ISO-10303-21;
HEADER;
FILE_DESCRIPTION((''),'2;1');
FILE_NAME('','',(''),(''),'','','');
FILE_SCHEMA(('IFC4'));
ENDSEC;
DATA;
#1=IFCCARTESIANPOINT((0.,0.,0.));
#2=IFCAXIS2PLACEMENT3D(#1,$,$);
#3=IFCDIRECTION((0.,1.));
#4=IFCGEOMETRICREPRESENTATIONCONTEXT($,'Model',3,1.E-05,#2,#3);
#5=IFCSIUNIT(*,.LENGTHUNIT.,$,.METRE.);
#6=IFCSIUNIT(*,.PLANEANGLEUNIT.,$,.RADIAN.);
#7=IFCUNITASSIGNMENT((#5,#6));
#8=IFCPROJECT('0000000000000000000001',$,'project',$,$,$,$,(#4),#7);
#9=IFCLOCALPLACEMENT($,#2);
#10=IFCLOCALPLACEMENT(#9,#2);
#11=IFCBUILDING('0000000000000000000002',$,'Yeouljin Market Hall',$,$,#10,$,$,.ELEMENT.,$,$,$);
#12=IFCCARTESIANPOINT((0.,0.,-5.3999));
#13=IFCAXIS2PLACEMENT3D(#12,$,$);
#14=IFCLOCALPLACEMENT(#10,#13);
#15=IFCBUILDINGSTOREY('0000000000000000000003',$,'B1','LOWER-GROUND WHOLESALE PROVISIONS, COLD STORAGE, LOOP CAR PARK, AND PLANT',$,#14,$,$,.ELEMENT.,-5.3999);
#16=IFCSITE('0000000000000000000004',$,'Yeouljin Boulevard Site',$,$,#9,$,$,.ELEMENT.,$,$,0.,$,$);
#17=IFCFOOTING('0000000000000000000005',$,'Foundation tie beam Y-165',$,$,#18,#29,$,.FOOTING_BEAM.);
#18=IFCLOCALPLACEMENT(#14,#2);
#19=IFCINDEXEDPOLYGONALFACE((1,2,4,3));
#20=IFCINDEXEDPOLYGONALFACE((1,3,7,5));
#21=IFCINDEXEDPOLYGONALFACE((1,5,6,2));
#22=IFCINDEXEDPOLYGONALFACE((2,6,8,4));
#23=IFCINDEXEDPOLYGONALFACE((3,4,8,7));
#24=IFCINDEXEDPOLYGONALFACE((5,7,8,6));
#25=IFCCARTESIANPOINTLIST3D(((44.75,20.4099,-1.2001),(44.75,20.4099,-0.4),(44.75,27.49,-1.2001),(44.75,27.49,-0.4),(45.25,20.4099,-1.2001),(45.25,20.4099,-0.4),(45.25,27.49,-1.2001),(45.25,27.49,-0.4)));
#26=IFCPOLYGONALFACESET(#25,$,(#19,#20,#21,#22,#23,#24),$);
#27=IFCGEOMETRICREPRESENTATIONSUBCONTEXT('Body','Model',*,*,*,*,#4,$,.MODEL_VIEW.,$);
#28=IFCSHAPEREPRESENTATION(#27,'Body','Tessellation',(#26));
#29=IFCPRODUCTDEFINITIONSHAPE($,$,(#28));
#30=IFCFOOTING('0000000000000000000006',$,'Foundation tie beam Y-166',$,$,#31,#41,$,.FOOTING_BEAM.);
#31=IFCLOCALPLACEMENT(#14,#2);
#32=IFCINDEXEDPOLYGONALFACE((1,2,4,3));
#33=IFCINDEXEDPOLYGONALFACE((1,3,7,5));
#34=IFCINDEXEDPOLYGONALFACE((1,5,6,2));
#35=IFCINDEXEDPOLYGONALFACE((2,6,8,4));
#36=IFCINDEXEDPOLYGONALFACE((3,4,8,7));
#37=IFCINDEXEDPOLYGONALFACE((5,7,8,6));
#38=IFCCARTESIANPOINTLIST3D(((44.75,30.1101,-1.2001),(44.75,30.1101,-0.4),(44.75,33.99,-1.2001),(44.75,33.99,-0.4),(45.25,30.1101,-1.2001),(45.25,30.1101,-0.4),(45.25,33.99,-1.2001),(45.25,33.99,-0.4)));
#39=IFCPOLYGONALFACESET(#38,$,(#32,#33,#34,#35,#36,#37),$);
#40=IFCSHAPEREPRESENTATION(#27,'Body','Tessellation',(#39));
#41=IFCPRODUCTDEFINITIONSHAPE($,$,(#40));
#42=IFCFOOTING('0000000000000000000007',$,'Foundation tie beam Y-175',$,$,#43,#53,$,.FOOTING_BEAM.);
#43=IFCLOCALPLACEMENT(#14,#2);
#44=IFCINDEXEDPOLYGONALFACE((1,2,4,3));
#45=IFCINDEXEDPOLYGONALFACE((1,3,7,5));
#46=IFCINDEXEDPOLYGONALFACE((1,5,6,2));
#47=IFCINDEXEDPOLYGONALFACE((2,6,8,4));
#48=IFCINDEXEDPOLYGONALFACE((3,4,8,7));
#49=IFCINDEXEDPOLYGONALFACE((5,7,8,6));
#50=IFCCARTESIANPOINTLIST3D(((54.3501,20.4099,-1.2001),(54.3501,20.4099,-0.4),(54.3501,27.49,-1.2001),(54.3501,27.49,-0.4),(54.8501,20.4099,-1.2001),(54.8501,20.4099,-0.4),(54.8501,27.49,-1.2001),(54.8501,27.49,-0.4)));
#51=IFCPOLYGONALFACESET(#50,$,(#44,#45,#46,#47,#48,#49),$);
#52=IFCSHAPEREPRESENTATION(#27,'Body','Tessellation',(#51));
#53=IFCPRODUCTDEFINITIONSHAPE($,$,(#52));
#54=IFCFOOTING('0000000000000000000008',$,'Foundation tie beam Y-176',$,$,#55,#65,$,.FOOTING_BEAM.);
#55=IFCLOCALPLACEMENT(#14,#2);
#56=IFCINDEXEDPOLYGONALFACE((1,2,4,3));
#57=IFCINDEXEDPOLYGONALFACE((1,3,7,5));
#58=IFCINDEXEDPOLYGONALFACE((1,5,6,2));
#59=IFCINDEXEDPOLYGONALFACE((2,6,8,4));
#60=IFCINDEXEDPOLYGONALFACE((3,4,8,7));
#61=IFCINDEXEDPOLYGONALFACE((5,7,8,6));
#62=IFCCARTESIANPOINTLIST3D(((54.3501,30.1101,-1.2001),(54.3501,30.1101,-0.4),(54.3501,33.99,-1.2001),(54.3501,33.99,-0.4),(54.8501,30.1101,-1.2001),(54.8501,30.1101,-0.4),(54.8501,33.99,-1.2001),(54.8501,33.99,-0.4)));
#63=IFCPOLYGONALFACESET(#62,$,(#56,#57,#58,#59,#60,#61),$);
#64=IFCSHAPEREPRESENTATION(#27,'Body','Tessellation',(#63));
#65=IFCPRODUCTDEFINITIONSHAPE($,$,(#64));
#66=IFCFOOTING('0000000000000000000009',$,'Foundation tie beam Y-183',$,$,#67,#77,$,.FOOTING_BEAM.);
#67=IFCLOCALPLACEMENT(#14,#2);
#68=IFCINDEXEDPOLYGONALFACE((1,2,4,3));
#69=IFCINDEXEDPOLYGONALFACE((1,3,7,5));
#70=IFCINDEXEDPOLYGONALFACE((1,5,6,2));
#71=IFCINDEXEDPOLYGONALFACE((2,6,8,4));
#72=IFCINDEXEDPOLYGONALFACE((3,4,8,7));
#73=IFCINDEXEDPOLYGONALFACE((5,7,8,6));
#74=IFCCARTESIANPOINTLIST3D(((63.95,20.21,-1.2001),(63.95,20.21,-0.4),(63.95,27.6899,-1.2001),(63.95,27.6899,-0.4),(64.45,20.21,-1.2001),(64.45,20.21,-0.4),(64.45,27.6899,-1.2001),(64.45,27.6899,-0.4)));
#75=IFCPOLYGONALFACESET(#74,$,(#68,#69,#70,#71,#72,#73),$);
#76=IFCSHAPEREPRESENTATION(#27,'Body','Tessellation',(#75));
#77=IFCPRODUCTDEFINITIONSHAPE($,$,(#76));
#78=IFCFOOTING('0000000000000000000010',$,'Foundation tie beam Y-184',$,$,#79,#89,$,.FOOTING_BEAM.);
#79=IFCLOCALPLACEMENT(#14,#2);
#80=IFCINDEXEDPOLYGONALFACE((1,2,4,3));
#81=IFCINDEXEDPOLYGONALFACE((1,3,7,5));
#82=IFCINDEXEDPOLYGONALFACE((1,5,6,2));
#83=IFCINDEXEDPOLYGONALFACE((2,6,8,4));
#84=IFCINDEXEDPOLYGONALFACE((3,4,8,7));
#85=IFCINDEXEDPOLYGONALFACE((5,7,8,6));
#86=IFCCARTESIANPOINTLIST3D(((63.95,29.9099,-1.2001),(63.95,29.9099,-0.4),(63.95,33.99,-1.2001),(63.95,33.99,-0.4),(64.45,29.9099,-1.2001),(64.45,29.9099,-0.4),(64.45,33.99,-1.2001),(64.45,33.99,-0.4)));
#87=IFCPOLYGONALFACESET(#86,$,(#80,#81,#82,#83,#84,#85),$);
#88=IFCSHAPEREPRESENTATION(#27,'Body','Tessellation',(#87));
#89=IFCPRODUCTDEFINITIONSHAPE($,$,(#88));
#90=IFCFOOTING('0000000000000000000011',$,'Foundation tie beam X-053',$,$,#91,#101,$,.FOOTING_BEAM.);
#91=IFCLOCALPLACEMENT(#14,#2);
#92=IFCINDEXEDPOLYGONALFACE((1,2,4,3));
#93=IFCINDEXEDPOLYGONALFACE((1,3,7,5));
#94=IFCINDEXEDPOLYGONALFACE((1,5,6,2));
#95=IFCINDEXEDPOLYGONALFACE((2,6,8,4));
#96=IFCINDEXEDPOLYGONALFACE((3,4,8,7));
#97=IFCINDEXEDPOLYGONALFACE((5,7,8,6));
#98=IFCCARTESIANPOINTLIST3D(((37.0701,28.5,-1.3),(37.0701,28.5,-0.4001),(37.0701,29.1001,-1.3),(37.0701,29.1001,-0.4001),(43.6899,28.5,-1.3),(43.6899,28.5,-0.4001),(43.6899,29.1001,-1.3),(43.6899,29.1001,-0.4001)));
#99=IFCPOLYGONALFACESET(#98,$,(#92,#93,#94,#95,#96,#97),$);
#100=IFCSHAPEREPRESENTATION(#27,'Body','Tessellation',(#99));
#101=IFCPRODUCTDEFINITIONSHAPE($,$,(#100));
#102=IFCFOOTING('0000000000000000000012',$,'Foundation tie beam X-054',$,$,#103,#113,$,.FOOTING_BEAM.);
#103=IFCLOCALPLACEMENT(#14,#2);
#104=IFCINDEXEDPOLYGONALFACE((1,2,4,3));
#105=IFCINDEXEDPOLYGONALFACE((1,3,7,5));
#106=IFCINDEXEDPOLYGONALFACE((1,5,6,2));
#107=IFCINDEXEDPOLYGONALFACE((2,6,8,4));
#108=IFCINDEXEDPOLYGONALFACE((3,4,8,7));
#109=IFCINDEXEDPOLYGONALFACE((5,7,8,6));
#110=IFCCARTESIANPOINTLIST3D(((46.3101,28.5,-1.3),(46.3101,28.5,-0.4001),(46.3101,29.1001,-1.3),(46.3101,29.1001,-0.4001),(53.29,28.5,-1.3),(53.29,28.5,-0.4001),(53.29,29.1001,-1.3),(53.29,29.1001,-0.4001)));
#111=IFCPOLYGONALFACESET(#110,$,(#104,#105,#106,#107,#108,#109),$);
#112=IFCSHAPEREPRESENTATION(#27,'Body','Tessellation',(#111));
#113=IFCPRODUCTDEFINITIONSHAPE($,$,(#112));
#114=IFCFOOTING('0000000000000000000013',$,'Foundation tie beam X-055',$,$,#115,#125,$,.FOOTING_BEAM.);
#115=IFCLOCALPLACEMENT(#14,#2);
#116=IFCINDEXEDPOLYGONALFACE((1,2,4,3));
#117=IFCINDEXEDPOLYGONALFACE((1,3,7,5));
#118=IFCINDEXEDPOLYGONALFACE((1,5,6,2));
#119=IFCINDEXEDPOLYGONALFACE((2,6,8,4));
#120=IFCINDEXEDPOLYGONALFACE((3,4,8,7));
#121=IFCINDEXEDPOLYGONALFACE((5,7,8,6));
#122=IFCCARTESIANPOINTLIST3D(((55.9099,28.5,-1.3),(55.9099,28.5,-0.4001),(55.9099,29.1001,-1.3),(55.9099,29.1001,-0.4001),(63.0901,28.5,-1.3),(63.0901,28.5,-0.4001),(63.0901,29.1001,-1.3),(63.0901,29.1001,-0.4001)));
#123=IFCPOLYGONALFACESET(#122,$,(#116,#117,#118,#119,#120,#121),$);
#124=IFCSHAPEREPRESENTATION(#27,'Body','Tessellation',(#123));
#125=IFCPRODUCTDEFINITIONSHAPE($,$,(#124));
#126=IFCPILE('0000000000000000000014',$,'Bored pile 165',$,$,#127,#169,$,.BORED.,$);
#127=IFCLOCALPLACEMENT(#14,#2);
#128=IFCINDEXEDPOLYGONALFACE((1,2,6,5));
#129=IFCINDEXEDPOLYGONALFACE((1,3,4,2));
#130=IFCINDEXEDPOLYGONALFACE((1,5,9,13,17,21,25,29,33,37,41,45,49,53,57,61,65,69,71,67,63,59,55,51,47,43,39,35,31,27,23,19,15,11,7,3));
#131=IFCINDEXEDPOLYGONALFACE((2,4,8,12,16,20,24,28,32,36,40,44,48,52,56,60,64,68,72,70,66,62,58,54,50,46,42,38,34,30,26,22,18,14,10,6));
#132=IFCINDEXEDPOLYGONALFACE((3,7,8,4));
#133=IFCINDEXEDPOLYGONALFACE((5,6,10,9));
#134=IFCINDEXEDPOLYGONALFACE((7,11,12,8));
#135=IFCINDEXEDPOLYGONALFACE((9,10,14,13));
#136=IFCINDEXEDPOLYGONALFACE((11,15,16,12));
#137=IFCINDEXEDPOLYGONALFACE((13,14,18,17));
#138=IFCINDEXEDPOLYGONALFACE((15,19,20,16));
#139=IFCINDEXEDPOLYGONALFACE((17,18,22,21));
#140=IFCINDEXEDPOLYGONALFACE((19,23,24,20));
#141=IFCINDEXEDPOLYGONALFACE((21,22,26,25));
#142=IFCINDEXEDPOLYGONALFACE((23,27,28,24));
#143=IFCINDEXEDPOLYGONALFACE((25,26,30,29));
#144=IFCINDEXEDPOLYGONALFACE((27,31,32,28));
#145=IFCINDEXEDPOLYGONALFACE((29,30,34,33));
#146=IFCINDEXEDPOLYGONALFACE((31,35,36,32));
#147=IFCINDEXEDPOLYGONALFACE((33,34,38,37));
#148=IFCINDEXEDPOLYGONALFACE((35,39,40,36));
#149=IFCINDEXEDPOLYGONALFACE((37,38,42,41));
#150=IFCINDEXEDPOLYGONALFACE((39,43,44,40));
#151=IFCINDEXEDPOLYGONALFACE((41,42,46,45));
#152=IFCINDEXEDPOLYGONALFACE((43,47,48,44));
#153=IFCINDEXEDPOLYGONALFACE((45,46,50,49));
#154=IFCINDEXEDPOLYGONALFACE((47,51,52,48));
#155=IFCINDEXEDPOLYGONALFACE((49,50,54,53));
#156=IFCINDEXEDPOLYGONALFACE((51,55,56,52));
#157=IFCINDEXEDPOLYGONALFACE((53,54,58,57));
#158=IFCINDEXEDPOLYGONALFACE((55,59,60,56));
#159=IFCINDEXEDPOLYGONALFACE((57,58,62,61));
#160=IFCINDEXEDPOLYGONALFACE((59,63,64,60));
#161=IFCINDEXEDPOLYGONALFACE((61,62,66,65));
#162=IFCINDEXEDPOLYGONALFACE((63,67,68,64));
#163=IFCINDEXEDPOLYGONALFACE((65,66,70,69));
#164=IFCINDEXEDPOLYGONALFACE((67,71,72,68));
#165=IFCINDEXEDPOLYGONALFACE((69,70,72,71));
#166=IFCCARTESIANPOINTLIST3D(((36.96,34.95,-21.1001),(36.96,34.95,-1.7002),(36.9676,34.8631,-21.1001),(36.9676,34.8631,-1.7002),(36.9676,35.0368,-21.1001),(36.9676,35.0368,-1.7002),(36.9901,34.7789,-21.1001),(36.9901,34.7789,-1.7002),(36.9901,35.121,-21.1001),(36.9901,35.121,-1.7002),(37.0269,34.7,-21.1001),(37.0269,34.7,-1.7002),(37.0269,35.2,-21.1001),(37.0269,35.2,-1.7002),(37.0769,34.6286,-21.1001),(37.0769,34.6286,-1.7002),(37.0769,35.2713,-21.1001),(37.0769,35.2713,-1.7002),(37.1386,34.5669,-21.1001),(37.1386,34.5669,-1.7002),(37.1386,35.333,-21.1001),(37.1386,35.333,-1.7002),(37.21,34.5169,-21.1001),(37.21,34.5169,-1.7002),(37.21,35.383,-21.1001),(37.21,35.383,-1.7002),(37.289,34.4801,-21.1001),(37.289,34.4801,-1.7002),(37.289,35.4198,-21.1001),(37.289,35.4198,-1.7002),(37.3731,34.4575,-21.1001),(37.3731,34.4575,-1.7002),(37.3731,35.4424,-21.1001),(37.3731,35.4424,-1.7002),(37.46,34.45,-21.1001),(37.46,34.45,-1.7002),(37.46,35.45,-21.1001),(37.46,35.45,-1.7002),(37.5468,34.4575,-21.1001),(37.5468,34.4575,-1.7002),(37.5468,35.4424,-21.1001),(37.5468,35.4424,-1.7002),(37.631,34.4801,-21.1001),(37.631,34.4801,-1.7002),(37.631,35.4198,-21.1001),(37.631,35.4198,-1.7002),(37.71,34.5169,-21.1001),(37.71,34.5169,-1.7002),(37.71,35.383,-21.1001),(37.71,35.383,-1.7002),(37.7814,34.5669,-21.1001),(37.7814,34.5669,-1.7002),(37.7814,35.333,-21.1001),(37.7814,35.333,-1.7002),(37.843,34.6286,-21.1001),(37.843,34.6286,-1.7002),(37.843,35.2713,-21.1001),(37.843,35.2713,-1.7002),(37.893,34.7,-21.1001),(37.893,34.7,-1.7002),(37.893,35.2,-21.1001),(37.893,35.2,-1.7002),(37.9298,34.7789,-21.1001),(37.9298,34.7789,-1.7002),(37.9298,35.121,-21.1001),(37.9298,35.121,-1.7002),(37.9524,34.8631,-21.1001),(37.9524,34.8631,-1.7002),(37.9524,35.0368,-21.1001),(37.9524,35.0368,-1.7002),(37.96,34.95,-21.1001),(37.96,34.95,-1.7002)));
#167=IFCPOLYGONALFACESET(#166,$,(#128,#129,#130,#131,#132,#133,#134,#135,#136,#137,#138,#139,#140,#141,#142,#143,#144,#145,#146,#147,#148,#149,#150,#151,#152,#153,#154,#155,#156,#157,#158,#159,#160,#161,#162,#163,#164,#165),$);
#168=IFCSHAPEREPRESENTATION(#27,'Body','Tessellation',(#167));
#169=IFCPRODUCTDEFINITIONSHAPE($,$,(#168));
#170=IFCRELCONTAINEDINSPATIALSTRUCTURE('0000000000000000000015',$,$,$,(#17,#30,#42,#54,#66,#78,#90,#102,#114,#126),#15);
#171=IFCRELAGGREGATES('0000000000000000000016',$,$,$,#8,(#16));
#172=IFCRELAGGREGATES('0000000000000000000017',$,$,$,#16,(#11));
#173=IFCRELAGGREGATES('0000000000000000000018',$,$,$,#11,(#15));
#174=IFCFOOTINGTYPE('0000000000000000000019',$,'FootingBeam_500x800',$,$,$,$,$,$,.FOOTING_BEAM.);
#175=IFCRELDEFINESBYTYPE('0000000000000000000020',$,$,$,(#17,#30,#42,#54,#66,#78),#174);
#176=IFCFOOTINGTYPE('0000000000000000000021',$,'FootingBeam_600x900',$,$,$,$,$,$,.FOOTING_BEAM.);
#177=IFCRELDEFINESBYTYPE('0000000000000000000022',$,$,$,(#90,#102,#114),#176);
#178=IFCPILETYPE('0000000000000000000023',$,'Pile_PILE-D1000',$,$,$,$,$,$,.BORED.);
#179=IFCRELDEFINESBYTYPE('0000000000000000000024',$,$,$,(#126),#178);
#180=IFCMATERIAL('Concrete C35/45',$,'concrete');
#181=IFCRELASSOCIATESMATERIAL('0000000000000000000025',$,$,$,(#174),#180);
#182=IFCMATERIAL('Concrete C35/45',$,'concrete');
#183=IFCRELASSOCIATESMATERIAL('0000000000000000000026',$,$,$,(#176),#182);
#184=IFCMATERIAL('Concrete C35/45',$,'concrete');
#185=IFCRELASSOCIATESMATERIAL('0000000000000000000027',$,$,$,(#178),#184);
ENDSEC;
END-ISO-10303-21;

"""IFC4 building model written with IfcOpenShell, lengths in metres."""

from ifc_helpers import new_model, si_unit, direction, frame, origin, origin_2d, place, context, subcontext, project, spatial, rectangle, circle, extrude, material, material_profile, profile_set, type_object, element, save


model = new_model("IFC4")

# Units and contexts
model_context = context("Model", 3, precision=1e-05, world=origin(), true_north=direction((0.0, 1.0)))
body_context = subcontext(model_context, "Body", "Model", "MODEL_VIEW")
ifc_project = project(units=[si_unit("LENGTHUNIT", "METRE"), si_unit("PLANEANGLEUNIT", "RADIAN")], contexts=[model_context])

# Site, building, storey
site_placement = place(None, origin())
site = spatial("IfcSite", under=ifc_project, at=site_placement, Name="Yeouljin Boulevard Site", CompositionType="ELEMENT", RefElevation=0.0)
building_placement = place(site_placement, origin())
building = spatial("IfcBuilding", under=site, at=building_placement, Name="Yeouljin Market Hall", CompositionType="ELEMENT")
storey_placement = place(building_placement, frame((0.0, 0.0, -5.3999)))
storey = spatial("IfcBuildingStorey", under=building, at=storey_placement, Name="B1", Description="LOWER-GROUND WHOLESALE PROVISIONS, COLD STORAGE, LOOP CAR PARK, AND PLANT", CompositionType="ELEMENT", Elevation=-5.3999)

# Footings
ifc_material_1 = material(Name="Concrete C35/45", Category="concrete")
ifc_material_profile_1 = material_profile(ifc_material_1, rectangle(XDim=0.5, YDim=0.8, at=origin_2d()), Name="RC-500x800")
ifc_profile_set_1 = profile_set([ifc_material_profile_1], Name="Concrete C35/45")
footing_type_1 = type_object("IfcFootingType", Name="FootingBeam_500x800", PredefinedType="FOOTING_BEAM", material=ifc_profile_set_1)
footing_1_placement = place(storey_placement, frame((45.0, 20.4099, -0.8), z_axis=(0.0, 1.0, 0.0), x_axis=(-1.0, 0.0, 0.0)))
element("IfcFooting", 1, at=footing_1_placement, inside=storey, type_object=footing_type_1, Name="Foundation tie beam Y-165", PredefinedType="FOOTING_BEAM", context=body_context, shape_type="SweptSolid", body=[
    extrude(rectangle(XDim=0.5, YDim=0.8, at=origin_2d()), origin(), (0.0, 0.0, 1.0), 7.0801),
])
footing_2_placement = place(storey_placement, frame((45.0, 30.1101, -0.8), z_axis=(0.0, 1.0, 0.0), x_axis=(-1.0, 0.0, 0.0)))
element("IfcFooting", 2, at=footing_2_placement, inside=storey, type_object=footing_type_1, Name="Foundation tie beam Y-166", PredefinedType="FOOTING_BEAM", context=body_context, shape_type="SweptSolid", body=[
    extrude(rectangle(XDim=0.5, YDim=0.8, at=origin_2d()), origin(), (0.0, 0.0, 1.0), 3.8799),
])
footing_3_placement = place(storey_placement, frame((54.6001, 20.4099, -0.8), z_axis=(0.0, 1.0, 0.0), x_axis=(-1.0, 0.0, 0.0)))
element("IfcFooting", 3, at=footing_3_placement, inside=storey, type_object=footing_type_1, Name="Foundation tie beam Y-175", PredefinedType="FOOTING_BEAM", context=body_context, shape_type="SweptSolid", body=[
    extrude(rectangle(XDim=0.5, YDim=0.8, at=origin_2d()), origin(), (0.0, 0.0, 1.0), 7.0801),
])
footing_4_placement = place(storey_placement, frame((54.6001, 30.1101, -0.8), z_axis=(0.0, 1.0, 0.0), x_axis=(-1.0, 0.0, 0.0)))
element("IfcFooting", 4, at=footing_4_placement, inside=storey, type_object=footing_type_1, Name="Foundation tie beam Y-176", PredefinedType="FOOTING_BEAM", context=body_context, shape_type="SweptSolid", body=[
    extrude(rectangle(XDim=0.5, YDim=0.8, at=origin_2d()), origin(), (0.0, 0.0, 1.0), 3.8799),
])
footing_5_placement = place(storey_placement, frame((64.2, 20.21, -0.8), z_axis=(0.0, 1.0, 0.0), x_axis=(-1.0, 0.0, 0.0)))
element("IfcFooting", 5, at=footing_5_placement, inside=storey, type_object=footing_type_1, Name="Foundation tie beam Y-183", PredefinedType="FOOTING_BEAM", context=body_context, shape_type="SweptSolid", body=[
    extrude(rectangle(XDim=0.5, YDim=0.8, at=origin_2d()), origin(), (0.0, 0.0, 1.0), 7.48),
])
footing_6_placement = place(storey_placement, frame((64.2, 29.9099, -0.8), z_axis=(0.0, 1.0, 0.0), x_axis=(-1.0, 0.0, 0.0)))
element("IfcFooting", 6, at=footing_6_placement, inside=storey, type_object=footing_type_1, Name="Foundation tie beam Y-184", PredefinedType="FOOTING_BEAM", context=body_context, shape_type="SweptSolid", body=[
    extrude(rectangle(XDim=0.5, YDim=0.8, at=origin_2d()), origin(), (0.0, 0.0, 1.0), 4.0801),
])
ifc_material_2 = material(Name="Concrete C35/45", Category="concrete")
ifc_material_profile_2 = material_profile(ifc_material_2, rectangle(XDim=0.6001, YDim=0.8999, at=origin_2d()), Name="RC-600x900")
ifc_profile_set_2 = profile_set([ifc_material_profile_2], Name="Concrete C35/45")
footing_type_2 = type_object("IfcFootingType", Name="FootingBeam_600x900", PredefinedType="FOOTING_BEAM", material=ifc_profile_set_2)
footing_7_placement = place(storey_placement, frame((37.0701, 28.8, -0.8501), z_axis=(1.0, 0.0, 0.0), x_axis=(0.0, 1.0, 0.0)))
element("IfcFooting", 7, at=footing_7_placement, inside=storey, type_object=footing_type_2, Name="Foundation tie beam X-053", PredefinedType="FOOTING_BEAM", context=body_context, shape_type="SweptSolid", body=[
    extrude(rectangle(XDim=0.6001, YDim=0.8999, at=origin_2d()), origin(), (0.0, 0.0, 1.0), 6.6199),
])
footing_8_placement = place(storey_placement, frame((46.3101, 28.8, -0.8501), z_axis=(1.0, 0.0, 0.0), x_axis=(0.0, 1.0, 0.0)))
element("IfcFooting", 8, at=footing_8_placement, inside=storey, type_object=footing_type_2, Name="Foundation tie beam X-054", PredefinedType="FOOTING_BEAM", context=body_context, shape_type="SweptSolid", body=[
    extrude(rectangle(XDim=0.6001, YDim=0.8999, at=origin_2d()), origin(), (0.0, 0.0, 1.0), 6.98),
])
footing_9_placement = place(storey_placement, frame((55.9099, 28.8, -0.8501), z_axis=(1.0, 0.0, 0.0), x_axis=(0.0, 1.0, 0.0)))
element("IfcFooting", 9, at=footing_9_placement, inside=storey, type_object=footing_type_2, Name="Foundation tie beam X-055", PredefinedType="FOOTING_BEAM", context=body_context, shape_type="SweptSolid", body=[
    extrude(rectangle(XDim=0.6001, YDim=0.8999, at=origin_2d()), origin(), (0.0, 0.0, 1.0), 7.1802),
])

# Pile
ifc_material_3 = material(Name="Concrete C35/45", Category="concrete")
ifc_material_profile_3 = material_profile(ifc_material_3, circle(Radius=0.5, at=origin_2d()), Name="PILE-D1000")
ifc_profile_set_3 = profile_set([ifc_material_profile_3], Name="Concrete C35/45")
pile_type_1 = type_object("IfcPileType", Name="Pile_PILE-D1000", PredefinedType="BORED", material=ifc_profile_set_3)
for number, where, z_axis, x_axis, name in (
    (10, (37.46, 34.95, -1.7002), (0.0, 0.0, -1.0), (1.0, 0.0, 0.0), "Bored pile 165"),
):
    element("IfcPile", number, at=place(storey_placement, frame(where, z_axis=z_axis, x_axis=x_axis)), inside=storey, type_object=pile_type_1, Name=name, PredefinedType="BORED", context=body_context, shape_type="SweptSolid", body=[
        extrude(circle(Radius=0.5, at=origin_2d()), origin(), (0.0, 0.0, 1.0), 19.3999),
    ])

save(model, "model.ifc")
